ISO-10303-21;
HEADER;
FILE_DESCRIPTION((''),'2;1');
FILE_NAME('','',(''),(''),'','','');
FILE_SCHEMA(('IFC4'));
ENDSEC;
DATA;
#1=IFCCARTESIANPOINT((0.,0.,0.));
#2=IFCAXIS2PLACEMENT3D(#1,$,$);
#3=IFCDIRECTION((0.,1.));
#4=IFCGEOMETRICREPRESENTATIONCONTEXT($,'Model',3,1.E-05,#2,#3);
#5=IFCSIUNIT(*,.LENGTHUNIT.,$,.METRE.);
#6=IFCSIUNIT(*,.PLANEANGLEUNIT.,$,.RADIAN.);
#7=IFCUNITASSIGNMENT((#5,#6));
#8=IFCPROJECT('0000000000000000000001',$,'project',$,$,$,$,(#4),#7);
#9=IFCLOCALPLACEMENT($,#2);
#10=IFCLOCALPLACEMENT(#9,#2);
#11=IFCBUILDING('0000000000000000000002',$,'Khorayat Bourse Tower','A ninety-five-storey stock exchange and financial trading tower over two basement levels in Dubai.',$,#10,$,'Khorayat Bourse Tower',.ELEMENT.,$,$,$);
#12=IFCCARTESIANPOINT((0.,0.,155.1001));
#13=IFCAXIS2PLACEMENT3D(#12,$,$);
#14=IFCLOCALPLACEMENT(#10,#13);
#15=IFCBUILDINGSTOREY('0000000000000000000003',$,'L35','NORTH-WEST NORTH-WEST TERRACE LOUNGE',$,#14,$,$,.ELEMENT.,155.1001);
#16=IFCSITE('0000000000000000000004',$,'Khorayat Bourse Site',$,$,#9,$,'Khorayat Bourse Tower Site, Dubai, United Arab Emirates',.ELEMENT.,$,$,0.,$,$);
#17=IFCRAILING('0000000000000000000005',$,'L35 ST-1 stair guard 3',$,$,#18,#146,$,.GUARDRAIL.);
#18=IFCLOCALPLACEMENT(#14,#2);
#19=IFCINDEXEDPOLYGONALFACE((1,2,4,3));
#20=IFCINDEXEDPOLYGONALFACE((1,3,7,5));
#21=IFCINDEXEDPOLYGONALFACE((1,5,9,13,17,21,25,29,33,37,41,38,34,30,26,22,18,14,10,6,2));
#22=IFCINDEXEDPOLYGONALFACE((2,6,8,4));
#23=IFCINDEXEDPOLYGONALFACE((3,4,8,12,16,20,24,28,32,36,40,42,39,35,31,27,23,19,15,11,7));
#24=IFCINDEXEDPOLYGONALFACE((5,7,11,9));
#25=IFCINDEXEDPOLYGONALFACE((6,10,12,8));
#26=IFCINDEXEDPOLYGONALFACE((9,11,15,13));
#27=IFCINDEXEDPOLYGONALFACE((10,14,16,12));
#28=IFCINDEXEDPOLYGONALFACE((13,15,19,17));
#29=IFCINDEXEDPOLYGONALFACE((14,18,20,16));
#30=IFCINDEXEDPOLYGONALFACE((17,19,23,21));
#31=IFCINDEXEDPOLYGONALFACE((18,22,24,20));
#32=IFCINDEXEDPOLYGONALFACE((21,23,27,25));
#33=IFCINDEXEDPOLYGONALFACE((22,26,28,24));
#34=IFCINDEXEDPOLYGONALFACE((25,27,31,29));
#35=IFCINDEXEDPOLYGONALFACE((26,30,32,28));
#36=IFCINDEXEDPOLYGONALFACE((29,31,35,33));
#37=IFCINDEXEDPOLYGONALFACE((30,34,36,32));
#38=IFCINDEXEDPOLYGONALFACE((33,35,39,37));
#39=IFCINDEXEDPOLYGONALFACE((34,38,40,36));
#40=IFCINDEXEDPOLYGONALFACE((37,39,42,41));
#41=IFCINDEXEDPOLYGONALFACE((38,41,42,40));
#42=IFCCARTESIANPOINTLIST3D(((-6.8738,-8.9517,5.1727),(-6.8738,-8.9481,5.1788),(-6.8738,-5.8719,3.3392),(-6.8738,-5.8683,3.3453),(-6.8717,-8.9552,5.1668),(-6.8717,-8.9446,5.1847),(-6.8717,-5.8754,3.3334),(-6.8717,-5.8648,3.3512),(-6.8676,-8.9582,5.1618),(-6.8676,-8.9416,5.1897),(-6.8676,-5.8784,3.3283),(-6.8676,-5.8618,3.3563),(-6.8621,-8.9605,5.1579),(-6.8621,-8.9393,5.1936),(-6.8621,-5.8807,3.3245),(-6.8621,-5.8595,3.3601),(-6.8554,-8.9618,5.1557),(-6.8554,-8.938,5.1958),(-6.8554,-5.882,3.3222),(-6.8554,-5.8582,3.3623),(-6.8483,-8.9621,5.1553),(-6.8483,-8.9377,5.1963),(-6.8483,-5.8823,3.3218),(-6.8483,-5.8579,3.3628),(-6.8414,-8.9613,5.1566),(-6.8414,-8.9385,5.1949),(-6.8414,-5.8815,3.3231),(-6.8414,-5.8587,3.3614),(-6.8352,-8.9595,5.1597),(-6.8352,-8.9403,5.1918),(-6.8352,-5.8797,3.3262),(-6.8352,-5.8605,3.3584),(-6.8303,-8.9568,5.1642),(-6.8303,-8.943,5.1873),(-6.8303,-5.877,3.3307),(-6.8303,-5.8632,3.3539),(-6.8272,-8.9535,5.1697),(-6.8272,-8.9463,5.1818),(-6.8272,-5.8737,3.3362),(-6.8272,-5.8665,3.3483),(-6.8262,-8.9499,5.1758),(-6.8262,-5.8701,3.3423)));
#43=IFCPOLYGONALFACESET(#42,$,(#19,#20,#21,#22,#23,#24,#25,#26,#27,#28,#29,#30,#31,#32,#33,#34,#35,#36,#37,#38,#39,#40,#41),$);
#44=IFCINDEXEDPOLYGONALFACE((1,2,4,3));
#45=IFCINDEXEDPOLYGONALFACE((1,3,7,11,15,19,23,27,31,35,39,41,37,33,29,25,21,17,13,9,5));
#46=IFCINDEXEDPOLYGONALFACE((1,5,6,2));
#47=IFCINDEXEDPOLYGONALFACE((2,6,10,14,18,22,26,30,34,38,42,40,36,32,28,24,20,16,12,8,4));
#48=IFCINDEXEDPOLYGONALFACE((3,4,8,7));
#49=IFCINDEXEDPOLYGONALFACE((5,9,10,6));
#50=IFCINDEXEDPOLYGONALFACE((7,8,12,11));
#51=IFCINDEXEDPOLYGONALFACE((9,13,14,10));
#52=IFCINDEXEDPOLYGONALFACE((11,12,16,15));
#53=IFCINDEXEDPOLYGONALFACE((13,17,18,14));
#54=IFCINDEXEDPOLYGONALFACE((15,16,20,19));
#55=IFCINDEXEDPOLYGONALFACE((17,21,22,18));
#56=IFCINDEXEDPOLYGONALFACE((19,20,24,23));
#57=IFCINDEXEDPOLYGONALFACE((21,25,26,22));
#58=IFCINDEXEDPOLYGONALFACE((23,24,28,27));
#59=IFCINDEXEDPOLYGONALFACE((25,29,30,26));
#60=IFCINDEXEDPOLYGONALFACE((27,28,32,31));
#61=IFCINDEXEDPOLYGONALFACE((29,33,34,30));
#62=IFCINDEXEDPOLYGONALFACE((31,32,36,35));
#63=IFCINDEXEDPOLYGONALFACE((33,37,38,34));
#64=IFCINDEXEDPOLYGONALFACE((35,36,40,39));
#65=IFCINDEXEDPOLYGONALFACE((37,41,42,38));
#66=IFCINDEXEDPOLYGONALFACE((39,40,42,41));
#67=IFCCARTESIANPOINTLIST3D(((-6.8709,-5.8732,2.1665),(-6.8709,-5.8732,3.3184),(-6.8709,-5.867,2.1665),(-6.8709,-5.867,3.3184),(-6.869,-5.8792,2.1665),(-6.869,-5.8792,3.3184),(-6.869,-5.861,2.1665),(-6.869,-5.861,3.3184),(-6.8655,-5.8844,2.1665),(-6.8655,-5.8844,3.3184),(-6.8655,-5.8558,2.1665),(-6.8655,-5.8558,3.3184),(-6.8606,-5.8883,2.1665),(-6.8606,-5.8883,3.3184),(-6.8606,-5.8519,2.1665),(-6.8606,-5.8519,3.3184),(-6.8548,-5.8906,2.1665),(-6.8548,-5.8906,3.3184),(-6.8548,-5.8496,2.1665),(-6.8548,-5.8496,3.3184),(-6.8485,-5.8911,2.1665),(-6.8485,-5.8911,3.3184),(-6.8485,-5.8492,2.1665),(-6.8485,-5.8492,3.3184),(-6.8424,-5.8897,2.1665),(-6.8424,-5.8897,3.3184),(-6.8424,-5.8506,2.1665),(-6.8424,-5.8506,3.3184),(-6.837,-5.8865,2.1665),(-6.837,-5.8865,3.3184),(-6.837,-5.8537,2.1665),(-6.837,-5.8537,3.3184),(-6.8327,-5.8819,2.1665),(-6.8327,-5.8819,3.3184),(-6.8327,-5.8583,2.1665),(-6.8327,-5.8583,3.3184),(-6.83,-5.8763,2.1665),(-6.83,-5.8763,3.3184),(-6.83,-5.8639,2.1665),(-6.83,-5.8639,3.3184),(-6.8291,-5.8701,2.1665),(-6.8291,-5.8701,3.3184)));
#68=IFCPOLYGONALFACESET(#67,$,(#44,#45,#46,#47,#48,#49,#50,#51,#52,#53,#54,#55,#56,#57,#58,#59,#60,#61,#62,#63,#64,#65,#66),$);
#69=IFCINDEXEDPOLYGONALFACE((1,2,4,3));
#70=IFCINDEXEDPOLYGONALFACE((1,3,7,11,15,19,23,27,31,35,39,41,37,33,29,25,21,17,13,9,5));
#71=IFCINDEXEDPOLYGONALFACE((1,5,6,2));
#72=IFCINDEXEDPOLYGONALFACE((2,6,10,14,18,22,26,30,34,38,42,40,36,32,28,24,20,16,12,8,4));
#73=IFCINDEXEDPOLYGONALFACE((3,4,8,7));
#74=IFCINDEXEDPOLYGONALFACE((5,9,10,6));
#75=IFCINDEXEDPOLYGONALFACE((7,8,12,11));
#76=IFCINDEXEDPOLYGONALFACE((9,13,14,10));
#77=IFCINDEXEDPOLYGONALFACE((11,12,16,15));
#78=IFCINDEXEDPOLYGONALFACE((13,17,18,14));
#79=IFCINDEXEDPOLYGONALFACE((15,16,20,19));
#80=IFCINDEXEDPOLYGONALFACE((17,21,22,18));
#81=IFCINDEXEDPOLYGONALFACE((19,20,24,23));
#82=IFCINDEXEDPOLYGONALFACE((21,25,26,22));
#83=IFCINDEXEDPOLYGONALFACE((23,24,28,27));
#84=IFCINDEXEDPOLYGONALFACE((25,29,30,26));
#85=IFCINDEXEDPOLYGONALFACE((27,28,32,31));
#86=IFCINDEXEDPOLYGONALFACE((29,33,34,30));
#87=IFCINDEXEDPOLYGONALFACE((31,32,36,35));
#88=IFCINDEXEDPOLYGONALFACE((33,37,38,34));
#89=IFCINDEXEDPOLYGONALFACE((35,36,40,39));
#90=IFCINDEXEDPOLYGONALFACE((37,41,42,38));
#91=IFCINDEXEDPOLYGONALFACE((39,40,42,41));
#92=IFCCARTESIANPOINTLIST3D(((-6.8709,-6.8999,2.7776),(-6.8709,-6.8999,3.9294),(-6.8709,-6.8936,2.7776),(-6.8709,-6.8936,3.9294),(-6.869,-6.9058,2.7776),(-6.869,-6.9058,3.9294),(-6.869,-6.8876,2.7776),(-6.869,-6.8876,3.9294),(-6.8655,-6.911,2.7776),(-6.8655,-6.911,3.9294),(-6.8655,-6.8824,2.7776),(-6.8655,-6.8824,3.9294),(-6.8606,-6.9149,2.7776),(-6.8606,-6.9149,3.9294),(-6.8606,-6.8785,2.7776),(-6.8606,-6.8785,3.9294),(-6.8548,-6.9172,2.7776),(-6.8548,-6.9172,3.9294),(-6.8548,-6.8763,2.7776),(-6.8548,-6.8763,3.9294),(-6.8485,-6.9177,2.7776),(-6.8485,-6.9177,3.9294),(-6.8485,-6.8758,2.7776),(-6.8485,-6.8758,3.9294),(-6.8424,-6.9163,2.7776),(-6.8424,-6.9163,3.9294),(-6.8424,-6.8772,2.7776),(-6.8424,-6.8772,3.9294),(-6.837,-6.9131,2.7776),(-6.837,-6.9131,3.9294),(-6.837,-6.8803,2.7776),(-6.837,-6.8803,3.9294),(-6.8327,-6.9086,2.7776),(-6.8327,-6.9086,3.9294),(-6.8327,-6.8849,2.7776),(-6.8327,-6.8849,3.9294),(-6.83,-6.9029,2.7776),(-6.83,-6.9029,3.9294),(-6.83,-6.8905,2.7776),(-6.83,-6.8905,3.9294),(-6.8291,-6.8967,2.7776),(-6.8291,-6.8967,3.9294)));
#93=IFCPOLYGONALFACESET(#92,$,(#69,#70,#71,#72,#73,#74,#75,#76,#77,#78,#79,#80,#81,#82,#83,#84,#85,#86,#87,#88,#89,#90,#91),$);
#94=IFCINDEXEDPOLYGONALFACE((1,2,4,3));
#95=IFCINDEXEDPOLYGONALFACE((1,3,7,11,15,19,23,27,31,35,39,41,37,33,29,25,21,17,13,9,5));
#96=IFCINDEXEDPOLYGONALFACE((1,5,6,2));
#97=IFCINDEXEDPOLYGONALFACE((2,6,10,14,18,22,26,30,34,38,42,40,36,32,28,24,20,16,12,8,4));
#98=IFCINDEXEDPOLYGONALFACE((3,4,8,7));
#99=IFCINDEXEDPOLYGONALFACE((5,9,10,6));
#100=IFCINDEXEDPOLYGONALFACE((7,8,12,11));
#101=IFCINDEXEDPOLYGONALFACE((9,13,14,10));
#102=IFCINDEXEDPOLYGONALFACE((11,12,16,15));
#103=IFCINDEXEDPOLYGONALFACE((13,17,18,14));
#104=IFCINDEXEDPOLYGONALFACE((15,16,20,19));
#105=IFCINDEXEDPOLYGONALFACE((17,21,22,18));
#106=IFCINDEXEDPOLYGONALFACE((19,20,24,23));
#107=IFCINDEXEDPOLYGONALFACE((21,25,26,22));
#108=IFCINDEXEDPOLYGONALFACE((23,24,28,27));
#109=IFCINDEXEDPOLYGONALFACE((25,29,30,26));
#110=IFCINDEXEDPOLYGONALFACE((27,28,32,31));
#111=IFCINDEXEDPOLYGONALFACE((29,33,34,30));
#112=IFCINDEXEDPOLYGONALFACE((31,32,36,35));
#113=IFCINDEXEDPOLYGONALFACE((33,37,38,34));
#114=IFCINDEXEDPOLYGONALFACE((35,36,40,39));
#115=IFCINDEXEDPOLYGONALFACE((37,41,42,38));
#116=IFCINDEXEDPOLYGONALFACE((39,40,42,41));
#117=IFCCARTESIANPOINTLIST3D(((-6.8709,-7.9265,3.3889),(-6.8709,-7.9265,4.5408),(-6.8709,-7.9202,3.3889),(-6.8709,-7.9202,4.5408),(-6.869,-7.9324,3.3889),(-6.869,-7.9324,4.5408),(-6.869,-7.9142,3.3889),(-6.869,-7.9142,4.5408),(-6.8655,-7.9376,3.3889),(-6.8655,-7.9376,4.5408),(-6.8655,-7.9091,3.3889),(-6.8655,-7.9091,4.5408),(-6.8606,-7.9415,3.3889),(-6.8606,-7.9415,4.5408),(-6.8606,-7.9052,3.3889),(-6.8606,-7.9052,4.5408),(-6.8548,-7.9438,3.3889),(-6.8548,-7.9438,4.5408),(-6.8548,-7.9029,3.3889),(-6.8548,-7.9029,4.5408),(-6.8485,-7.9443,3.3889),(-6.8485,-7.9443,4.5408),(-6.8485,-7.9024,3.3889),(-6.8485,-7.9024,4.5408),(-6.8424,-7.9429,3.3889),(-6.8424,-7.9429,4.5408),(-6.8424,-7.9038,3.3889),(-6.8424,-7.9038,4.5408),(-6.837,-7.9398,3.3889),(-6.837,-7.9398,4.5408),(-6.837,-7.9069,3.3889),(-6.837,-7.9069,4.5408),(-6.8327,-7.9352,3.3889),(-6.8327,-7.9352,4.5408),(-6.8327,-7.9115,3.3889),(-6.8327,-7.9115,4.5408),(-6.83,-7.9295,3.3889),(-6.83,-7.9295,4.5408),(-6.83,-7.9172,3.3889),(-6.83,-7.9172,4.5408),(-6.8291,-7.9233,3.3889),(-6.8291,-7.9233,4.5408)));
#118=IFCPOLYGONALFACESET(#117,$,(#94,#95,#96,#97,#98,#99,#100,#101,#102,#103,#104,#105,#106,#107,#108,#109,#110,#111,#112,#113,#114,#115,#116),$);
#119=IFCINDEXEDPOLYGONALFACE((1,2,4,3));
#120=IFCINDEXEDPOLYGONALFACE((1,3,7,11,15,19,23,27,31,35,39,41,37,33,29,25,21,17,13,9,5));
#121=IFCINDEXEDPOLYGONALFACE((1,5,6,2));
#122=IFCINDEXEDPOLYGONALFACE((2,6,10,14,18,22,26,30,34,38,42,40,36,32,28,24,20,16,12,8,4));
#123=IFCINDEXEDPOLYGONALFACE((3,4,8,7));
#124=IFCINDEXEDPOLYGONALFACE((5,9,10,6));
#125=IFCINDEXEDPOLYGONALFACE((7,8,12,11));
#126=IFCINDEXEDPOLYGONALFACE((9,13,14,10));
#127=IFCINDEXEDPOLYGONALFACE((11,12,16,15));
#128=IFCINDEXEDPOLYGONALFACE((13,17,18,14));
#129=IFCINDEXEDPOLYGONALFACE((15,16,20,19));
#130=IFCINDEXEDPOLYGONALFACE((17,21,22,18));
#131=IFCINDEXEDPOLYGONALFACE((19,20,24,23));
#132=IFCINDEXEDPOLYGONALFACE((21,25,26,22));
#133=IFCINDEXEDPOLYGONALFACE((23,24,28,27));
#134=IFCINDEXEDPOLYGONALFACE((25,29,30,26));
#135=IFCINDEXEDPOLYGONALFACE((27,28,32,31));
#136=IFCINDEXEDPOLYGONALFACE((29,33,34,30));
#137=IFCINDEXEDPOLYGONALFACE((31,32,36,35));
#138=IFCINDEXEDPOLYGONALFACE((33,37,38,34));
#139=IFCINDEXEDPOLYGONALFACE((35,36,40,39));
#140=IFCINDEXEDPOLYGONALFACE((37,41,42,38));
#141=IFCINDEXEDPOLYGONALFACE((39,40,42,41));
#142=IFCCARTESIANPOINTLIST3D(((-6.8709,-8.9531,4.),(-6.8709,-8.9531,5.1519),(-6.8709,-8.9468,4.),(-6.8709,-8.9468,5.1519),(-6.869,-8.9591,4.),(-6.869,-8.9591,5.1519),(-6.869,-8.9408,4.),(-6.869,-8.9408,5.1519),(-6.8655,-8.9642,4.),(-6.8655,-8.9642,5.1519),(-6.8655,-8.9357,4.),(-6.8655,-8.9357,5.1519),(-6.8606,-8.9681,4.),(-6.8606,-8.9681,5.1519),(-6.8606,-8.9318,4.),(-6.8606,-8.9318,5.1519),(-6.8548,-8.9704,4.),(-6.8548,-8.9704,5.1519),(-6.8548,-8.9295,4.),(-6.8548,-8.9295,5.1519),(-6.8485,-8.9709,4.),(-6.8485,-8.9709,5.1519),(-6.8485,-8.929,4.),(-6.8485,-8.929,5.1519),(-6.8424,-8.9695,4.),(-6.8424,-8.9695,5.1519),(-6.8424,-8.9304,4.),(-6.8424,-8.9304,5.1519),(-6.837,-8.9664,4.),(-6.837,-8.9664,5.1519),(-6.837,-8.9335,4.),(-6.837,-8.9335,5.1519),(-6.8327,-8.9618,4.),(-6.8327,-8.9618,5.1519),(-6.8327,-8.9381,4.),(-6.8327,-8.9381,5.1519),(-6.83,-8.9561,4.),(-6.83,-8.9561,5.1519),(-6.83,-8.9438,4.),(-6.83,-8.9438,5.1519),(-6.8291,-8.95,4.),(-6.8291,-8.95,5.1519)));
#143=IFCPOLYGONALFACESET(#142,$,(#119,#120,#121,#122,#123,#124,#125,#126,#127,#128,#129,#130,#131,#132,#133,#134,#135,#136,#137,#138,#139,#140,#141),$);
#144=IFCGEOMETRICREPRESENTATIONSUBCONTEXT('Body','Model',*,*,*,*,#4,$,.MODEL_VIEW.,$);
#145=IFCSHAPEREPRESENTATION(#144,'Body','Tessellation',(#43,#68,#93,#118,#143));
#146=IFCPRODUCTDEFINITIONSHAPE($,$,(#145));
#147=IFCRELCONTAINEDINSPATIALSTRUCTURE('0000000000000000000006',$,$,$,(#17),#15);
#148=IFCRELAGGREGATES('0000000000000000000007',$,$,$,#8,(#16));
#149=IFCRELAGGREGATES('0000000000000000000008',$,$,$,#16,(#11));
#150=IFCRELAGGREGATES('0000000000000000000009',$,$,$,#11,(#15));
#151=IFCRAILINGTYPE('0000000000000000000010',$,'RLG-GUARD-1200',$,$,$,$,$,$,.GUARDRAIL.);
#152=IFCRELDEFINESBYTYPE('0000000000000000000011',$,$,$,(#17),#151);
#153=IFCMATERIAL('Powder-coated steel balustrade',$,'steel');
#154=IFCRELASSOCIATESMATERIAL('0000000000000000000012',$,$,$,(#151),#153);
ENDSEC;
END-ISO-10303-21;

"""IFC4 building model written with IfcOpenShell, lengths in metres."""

from ifc_helpers import new_model, si_unit, direction, frame, origin, origin_2d, place, context, subcontext, project, spatial, circle, extrude, source, transform, mapped, material, type_object, element, save


model = new_model("IFC4")

# Units and contexts
model_context = context("Model", 3, precision=1e-05, world=origin(), true_north=direction((0.0, 1.0)))
body_context = subcontext(model_context, "Body", "Model", "MODEL_VIEW")
ifc_project = project(units=[si_unit("LENGTHUNIT", "METRE"), si_unit("PLANEANGLEUNIT", "RADIAN")], contexts=[model_context])

# Site, building, storey
site_placement = place(None, origin())
site = spatial("IfcSite", under=ifc_project, at=site_placement, Name="Khorayat Bourse Site", LongName="Khorayat Bourse Tower Site, Dubai, United Arab Emirates", CompositionType="ELEMENT", RefElevation=0.0)
building_placement = place(site_placement, origin())
building = spatial("IfcBuilding", under=site, at=building_placement, Name="Khorayat Bourse Tower", Description="A ninety-five-storey stock exchange and financial trading tower over two basement levels in Dubai.", LongName="Khorayat Bourse Tower", CompositionType="ELEMENT")
storey_placement = place(building_placement, frame((0.0, 0.0, 155.1001)))
storey = spatial("IfcBuildingStorey", under=building, at=storey_placement, Name="L35", Description="NORTH-WEST NORTH-WEST TERRACE LOUNGE", CompositionType="ELEMENT", Elevation=155.1001)

# Railing
ifc_material_1 = material(Name="Powder-coated steel balustrade", Category="steel")
railing_type_1 = type_object("IfcRailingType", Name="RLG-GUARD-1200", PredefinedType="GUARDRAIL", material=ifc_material_1)
shared_shape_1 = source(origin(), body_context, "Body", "SweptSolid", [
    extrude(circle(Radius=0.0239, at=origin_2d()), frame((0.0, 0.0, 1.1758), z_axis=(0.0, -0.859261, 0.511538), x_axis=(1.0, 0.0, 0.0)), (0.0, 0.0, 1.0), 3.5842),
    extrude(circle(Radius=0.021, at=origin_2d()), origin(), (0.0, 0.0, 1.0), 1.1519),
    extrude(circle(Radius=0.021, at=origin_2d()), frame((0.0, -1.0266, 0.6111)), (0.0, 0.0, 1.0), 1.1519),
    extrude(circle(Radius=0.021, at=origin_2d()), frame((0.0, -2.0532, 1.2224)), (0.0, 0.0, 1.0), 1.1519),
    extrude(circle(Radius=0.021, at=origin_2d()), frame((0.0, -3.0798, 1.8335)), (0.0, 0.0, 1.0), 1.1519),
])
railing_1_placement = place(storey_placement, frame((-6.8501, -5.8701, 2.1665)))
element("IfcRailing", 1, at=railing_1_placement, inside=storey, type_object=railing_type_1, Name="L35 ST-1 stair guard 3", PredefinedType="GUARDRAIL", context=body_context, shape_type="MappedRepresentation", body=[
    mapped(shared_shape_1, transform((0.0, 0.0, 0.0), scale=1.0)),
])

save(model, "model.ifc")
